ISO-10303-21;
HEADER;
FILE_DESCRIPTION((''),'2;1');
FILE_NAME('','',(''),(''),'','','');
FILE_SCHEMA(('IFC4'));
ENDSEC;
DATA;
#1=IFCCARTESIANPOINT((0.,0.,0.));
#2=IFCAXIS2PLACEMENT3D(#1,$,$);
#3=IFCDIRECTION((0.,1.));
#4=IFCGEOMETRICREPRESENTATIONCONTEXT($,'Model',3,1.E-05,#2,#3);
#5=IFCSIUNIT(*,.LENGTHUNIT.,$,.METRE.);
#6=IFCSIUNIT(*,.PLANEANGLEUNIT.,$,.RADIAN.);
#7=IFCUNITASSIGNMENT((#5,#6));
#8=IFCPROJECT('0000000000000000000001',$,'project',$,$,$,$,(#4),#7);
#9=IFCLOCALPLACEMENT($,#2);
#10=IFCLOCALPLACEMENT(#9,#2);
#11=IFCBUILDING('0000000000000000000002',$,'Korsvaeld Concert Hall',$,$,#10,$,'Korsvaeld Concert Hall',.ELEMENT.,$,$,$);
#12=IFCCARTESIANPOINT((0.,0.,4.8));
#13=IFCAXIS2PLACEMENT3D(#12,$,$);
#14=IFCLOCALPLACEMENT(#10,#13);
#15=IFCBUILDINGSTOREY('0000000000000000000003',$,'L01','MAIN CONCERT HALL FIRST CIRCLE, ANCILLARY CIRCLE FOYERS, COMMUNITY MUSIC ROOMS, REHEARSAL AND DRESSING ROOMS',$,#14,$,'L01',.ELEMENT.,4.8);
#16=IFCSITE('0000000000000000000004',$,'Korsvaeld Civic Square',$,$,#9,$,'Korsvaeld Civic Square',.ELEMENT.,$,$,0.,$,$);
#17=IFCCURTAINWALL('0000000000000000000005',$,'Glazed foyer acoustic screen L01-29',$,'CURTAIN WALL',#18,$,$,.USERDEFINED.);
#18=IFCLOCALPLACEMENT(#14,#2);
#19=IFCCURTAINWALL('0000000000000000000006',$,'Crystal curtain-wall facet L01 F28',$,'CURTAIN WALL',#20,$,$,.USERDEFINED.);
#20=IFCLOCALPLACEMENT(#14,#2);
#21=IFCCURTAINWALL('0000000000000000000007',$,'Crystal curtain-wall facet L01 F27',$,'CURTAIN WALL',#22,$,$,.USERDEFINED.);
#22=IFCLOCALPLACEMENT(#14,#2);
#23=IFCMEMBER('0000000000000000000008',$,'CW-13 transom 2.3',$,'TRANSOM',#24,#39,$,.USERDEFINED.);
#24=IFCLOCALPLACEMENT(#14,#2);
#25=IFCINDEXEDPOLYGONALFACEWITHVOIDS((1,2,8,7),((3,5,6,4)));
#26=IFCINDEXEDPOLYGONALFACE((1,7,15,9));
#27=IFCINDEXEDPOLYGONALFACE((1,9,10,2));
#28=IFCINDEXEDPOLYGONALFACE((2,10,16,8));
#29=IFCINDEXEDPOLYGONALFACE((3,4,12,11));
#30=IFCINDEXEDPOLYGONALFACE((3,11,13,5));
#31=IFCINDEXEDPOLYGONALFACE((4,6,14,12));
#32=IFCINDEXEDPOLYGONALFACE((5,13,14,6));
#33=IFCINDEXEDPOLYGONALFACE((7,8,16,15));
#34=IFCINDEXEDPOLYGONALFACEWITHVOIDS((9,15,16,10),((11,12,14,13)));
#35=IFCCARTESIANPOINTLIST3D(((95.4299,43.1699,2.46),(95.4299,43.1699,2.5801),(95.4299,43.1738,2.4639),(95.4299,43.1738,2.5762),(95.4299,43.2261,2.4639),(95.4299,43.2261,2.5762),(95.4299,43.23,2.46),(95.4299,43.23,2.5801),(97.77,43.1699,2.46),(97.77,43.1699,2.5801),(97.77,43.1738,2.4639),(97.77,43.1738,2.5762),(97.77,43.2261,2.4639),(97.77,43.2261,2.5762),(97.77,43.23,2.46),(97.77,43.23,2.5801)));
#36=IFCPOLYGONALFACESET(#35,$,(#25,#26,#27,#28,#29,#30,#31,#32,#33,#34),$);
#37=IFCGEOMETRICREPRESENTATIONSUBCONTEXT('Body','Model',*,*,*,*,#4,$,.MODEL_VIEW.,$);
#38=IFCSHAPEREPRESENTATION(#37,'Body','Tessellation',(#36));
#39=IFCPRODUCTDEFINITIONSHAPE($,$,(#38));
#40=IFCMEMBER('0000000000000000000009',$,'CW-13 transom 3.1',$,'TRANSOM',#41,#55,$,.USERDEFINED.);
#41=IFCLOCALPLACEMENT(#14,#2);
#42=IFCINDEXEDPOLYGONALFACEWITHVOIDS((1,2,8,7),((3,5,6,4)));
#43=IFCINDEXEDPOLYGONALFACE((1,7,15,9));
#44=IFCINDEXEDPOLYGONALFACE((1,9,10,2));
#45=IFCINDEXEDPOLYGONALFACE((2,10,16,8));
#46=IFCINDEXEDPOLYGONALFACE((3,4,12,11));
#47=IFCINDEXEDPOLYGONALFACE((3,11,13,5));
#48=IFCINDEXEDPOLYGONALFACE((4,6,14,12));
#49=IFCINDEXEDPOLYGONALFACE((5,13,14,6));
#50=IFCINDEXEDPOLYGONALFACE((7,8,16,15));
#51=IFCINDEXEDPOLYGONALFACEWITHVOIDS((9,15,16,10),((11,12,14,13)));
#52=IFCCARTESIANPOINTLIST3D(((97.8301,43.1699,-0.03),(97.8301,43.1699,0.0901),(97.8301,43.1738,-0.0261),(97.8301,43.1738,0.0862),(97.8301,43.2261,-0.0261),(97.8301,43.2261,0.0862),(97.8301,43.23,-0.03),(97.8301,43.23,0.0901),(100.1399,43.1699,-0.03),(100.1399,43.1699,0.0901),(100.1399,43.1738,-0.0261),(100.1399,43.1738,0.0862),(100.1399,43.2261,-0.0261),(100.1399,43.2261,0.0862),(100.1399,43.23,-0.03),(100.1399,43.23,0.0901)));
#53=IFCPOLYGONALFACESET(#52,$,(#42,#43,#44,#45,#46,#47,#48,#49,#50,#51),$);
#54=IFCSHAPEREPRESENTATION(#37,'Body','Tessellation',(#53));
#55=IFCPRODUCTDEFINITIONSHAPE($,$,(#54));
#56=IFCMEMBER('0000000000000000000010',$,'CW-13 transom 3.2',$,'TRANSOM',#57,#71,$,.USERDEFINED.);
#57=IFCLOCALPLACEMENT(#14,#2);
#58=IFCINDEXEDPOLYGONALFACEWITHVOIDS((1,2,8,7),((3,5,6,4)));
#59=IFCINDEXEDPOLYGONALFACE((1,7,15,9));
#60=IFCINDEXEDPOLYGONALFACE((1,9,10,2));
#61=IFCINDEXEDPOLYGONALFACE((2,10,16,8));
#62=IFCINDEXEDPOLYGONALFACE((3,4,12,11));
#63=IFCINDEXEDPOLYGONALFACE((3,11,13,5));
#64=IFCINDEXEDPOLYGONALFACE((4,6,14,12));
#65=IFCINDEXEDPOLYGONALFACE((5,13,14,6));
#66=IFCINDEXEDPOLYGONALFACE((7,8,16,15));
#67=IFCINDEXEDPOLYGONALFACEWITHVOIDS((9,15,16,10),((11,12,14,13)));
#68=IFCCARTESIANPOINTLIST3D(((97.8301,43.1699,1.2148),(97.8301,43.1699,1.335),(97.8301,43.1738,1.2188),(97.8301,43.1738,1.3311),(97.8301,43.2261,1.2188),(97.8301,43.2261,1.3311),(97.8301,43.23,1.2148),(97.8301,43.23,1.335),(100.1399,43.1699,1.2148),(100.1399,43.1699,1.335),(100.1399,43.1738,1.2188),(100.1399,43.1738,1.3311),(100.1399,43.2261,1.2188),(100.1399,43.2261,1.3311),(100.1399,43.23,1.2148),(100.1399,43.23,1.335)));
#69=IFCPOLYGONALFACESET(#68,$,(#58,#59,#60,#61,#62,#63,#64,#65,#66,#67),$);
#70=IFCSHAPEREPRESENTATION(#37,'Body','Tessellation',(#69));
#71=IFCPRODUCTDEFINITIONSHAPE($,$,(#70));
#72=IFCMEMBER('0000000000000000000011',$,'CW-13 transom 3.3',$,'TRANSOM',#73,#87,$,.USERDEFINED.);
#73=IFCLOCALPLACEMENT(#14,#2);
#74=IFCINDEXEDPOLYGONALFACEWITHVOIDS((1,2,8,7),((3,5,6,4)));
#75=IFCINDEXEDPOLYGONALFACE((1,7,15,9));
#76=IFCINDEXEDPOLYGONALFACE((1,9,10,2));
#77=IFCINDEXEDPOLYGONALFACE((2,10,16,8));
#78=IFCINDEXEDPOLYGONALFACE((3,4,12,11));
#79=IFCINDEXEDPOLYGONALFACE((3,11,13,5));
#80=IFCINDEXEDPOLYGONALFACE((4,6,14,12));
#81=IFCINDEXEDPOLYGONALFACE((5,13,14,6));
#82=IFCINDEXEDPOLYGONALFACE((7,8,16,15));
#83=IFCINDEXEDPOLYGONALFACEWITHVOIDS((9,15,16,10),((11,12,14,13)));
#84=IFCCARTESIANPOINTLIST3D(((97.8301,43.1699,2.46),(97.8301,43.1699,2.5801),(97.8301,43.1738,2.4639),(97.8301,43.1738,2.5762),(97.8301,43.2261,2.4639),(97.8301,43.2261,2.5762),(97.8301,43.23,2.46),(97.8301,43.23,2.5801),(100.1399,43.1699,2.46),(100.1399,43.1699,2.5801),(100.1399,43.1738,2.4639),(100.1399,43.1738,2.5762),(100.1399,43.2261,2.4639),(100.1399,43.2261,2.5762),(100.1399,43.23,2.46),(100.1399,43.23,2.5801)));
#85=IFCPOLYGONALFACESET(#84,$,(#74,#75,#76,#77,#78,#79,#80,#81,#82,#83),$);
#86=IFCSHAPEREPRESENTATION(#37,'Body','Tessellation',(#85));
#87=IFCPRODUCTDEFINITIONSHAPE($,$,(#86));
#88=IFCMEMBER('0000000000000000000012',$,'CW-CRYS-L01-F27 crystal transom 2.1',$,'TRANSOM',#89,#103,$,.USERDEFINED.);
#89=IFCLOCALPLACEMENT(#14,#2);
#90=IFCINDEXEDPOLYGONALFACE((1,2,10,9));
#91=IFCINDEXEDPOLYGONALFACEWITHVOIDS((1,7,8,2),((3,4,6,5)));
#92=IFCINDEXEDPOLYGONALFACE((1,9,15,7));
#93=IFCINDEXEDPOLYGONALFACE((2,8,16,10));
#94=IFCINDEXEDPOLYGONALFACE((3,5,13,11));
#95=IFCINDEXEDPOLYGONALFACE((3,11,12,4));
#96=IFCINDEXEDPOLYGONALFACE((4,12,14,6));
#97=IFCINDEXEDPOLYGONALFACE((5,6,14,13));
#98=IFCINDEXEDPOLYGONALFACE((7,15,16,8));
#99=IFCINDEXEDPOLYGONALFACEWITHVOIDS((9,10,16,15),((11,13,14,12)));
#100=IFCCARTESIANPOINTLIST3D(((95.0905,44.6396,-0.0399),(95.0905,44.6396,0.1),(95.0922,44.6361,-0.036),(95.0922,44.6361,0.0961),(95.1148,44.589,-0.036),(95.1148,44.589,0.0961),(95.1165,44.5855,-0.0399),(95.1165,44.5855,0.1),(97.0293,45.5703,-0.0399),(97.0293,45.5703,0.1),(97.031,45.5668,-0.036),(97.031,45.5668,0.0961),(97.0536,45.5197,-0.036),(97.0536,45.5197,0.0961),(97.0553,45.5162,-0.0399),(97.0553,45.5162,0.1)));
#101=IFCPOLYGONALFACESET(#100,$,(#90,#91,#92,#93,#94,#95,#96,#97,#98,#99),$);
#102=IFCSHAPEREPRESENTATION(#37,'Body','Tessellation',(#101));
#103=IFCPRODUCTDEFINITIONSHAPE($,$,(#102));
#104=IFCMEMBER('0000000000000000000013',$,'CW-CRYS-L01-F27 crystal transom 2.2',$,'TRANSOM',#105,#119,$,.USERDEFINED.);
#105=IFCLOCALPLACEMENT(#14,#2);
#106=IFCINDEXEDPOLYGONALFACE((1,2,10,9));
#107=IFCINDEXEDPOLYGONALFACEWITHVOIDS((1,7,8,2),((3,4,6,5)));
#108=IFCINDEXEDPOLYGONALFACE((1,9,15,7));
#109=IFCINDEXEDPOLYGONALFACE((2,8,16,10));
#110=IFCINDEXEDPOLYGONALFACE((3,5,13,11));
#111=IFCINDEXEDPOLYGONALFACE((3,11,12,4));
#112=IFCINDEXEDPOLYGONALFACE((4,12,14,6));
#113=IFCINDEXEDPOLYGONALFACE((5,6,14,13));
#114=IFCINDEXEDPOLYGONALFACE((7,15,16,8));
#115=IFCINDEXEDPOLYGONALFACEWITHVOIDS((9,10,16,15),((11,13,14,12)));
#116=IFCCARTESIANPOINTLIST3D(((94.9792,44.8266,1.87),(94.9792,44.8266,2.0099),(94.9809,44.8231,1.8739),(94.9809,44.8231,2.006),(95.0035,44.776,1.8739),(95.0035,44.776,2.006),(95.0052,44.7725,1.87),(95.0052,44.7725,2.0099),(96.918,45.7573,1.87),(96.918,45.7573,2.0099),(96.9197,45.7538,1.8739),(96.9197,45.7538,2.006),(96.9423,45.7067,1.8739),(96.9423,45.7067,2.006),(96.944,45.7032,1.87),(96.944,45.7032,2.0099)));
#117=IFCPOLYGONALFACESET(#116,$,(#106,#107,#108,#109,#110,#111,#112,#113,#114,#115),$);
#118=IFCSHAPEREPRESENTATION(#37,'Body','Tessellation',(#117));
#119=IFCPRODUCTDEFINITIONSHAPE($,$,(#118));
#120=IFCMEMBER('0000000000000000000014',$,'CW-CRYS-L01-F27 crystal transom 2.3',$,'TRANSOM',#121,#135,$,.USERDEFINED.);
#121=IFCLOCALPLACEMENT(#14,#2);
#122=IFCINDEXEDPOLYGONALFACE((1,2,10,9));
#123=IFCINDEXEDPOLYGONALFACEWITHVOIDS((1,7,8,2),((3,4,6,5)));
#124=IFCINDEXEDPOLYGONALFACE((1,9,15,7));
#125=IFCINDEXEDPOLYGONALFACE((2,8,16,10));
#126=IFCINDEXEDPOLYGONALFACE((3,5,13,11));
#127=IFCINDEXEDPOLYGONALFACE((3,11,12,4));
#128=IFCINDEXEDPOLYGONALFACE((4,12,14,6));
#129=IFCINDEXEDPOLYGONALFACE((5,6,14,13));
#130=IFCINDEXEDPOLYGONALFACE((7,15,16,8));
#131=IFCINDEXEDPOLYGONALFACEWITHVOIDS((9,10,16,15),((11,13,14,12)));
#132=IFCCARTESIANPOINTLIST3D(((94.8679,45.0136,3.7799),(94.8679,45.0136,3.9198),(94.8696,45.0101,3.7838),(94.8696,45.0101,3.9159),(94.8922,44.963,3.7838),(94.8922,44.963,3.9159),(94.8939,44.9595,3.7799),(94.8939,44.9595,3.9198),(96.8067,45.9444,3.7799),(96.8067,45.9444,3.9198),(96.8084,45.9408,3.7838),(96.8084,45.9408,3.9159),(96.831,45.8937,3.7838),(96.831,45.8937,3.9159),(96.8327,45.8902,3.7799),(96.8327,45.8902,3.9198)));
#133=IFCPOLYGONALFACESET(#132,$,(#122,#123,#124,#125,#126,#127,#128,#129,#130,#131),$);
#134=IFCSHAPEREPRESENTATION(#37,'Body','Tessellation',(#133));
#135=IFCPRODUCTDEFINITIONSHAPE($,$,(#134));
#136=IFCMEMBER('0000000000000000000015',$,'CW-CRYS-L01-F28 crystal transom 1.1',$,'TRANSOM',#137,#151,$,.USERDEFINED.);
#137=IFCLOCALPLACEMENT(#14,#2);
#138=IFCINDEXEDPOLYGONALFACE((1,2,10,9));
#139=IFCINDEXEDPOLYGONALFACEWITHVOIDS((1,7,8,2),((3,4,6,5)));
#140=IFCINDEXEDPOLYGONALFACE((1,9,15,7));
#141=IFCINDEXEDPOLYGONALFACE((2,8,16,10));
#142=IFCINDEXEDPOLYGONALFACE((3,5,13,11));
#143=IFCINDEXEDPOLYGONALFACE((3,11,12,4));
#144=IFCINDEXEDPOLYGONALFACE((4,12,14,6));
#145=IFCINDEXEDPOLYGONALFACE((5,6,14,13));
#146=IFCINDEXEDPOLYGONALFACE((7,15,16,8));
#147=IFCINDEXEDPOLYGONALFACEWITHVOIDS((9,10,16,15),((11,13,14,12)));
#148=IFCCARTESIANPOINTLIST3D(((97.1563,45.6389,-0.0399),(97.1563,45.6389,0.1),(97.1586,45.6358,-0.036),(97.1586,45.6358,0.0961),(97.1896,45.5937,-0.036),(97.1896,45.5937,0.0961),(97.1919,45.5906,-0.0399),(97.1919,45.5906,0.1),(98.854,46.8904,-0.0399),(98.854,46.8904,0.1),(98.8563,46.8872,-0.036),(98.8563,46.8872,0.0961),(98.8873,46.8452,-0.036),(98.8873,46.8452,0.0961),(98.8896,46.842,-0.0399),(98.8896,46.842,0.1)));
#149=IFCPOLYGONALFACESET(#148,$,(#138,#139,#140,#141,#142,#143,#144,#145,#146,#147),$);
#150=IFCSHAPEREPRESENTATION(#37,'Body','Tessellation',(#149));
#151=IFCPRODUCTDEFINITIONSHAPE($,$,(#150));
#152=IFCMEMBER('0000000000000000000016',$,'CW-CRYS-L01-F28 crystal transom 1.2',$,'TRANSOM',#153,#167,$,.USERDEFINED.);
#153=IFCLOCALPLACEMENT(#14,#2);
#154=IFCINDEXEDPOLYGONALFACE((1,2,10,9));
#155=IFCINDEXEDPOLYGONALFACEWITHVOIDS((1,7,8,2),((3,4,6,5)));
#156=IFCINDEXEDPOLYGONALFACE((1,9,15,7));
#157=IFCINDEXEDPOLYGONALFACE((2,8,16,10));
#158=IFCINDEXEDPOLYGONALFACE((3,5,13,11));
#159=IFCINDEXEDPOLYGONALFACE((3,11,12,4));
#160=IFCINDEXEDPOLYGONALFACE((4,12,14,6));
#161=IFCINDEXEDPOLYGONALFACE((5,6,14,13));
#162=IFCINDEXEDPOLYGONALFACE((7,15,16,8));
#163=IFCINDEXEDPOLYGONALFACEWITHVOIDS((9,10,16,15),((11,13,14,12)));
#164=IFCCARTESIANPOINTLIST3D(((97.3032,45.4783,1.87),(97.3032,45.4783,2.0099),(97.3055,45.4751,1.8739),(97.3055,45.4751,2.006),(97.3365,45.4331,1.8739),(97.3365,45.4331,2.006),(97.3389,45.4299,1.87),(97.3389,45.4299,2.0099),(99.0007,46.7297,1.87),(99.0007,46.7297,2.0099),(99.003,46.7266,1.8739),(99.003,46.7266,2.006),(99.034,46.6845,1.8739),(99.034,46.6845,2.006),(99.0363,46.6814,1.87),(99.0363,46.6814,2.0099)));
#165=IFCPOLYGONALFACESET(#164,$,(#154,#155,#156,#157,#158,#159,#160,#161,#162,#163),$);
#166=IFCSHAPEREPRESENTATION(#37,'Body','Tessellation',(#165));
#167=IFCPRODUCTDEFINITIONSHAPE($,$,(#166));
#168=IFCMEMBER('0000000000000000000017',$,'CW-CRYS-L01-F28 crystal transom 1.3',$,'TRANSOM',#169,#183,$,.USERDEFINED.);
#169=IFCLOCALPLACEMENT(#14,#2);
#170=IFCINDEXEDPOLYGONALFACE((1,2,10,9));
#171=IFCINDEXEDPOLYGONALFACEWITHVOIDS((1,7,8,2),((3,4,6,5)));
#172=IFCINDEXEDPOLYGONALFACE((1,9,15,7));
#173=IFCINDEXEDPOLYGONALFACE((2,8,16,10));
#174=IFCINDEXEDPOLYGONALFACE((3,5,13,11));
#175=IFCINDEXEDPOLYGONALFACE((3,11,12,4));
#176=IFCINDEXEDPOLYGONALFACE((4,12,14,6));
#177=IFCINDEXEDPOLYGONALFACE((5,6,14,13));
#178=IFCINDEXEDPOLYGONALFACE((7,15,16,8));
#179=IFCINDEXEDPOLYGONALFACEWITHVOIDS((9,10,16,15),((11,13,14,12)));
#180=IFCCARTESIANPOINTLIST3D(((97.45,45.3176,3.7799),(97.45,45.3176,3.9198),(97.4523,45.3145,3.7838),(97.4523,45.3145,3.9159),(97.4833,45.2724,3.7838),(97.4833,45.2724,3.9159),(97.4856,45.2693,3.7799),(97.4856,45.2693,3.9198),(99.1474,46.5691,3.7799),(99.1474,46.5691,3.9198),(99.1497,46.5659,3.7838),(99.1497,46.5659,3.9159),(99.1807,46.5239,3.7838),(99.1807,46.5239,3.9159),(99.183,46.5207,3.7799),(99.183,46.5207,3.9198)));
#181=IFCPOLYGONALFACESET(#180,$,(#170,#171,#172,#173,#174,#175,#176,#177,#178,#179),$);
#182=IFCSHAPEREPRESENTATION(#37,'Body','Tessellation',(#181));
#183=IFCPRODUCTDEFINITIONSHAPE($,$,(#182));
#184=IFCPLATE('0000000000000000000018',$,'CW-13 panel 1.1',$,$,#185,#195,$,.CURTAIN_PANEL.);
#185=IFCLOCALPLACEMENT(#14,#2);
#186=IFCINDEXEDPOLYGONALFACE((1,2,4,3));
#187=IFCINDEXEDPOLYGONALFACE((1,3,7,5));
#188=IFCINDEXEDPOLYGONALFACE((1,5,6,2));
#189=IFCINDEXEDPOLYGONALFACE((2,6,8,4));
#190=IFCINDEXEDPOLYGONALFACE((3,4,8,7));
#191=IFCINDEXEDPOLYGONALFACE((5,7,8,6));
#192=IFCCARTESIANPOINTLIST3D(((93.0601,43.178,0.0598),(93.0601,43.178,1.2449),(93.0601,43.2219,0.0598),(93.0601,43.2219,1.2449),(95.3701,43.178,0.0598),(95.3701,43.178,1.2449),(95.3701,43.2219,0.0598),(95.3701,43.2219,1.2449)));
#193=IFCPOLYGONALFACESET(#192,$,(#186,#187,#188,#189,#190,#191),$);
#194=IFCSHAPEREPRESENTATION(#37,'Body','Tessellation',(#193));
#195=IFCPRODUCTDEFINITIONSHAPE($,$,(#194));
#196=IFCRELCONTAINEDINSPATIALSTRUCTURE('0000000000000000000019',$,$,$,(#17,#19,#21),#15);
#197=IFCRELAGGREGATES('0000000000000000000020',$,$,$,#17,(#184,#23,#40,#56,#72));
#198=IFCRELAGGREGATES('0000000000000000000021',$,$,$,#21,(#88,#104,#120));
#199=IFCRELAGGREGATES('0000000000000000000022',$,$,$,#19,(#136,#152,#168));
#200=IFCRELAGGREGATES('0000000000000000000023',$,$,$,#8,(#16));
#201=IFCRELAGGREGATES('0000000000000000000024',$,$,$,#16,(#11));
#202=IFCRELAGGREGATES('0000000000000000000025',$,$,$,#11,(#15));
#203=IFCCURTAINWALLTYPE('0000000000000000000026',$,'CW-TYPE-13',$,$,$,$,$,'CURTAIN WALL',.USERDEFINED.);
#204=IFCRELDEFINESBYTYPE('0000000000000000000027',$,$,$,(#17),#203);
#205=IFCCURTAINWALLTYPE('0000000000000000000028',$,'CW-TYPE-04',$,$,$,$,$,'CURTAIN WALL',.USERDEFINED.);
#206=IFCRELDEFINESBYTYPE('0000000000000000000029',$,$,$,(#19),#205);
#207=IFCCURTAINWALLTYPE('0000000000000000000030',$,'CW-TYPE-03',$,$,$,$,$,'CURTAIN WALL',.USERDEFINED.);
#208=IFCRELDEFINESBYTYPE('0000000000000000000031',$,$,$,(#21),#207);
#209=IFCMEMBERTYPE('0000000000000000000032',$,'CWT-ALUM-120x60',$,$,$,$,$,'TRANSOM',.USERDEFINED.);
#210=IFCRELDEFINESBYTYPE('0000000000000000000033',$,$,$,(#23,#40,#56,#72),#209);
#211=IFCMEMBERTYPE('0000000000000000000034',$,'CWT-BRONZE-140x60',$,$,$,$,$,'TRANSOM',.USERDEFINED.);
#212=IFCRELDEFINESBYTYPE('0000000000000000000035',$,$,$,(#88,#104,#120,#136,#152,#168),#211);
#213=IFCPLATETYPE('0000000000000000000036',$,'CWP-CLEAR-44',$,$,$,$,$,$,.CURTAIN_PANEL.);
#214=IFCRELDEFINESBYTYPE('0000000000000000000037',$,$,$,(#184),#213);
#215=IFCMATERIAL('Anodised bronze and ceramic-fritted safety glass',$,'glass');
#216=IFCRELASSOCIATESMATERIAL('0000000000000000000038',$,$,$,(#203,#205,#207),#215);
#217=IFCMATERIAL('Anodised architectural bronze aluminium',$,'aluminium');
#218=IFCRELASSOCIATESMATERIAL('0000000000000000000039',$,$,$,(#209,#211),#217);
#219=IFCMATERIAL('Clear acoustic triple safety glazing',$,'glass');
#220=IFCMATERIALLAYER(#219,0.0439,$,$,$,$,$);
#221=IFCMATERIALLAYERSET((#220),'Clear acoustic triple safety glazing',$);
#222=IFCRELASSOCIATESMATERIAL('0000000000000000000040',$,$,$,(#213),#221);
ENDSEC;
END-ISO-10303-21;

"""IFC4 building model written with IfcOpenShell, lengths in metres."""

from ifc_helpers import new_model, si_unit, direction, frame, origin, origin_2d, place, context, subcontext, project, spatial, rectangle, hollow_rectangle, extrude, material, layer, layer_set, material_profile, profile_set, type_object, element, aggregate, save


model = new_model("IFC4")

# Units and contexts
model_context = context("Model", 3, precision=1e-05, world=origin(), true_north=direction((0.0, 1.0)))
body_context = subcontext(model_context, "Body", "Model", "MODEL_VIEW")
ifc_project = project(units=[si_unit("LENGTHUNIT", "METRE"), si_unit("PLANEANGLEUNIT", "RADIAN")], contexts=[model_context])

# Site, building, storey
site_placement = place(None, origin())
site = spatial("IfcSite", under=ifc_project, at=site_placement, Name="Korsvaeld Civic Square", LongName="Korsvaeld Civic Square", CompositionType="ELEMENT", RefElevation=0.0)
building_placement = place(site_placement, origin())
building = spatial("IfcBuilding", under=site, at=building_placement, Name="Korsvaeld Concert Hall", LongName="Korsvaeld Concert Hall", CompositionType="ELEMENT")
storey_placement = place(building_placement, frame((0.0, 0.0, 4.8)))
storey = spatial("IfcBuildingStorey", under=building, at=storey_placement, Name="L01", Description="MAIN CONCERT HALL FIRST CIRCLE, ANCILLARY CIRCLE FOYERS, COMMUNITY MUSIC ROOMS, REHEARSAL AND DRESSING ROOMS", LongName="L01", CompositionType="ELEMENT", Elevation=4.8)

# Curtain wall
ifc_material_1 = material(Name="Anodised bronze and ceramic-fritted safety glass", Category="glass")
curtain_wall_type_1 = type_object("IfcCurtainWallType", Name="CW-TYPE-13", ElementType="CURTAIN WALL", PredefinedType="USERDEFINED", material=ifc_material_1)
curtain_wall_1_placement = place(storey_placement, origin())
curtain_wall_1 = element("IfcCurtainWall", 1, at=curtain_wall_1_placement, inside=storey, type_object=curtain_wall_type_1, Name="Glazed foyer acoustic screen L01-29", ObjectType="CURTAIN WALL", PredefinedType="USERDEFINED")
ifc_material_2 = material(Name="Anodised architectural bronze aluminium", Category="aluminium")

# Curtain wall
curtain_wall_type_2 = type_object("IfcCurtainWallType", Name="CW-TYPE-04", ElementType="CURTAIN WALL", PredefinedType="USERDEFINED", material=ifc_material_1)
curtain_wall_2_placement = place(storey_placement, origin())
curtain_wall_2 = element("IfcCurtainWall", 2, at=curtain_wall_2_placement, inside=storey, type_object=curtain_wall_type_2, Name="Crystal curtain-wall facet L01 F28", ObjectType="CURTAIN WALL", PredefinedType="USERDEFINED")

# Curtain wall
curtain_wall_type_3 = type_object("IfcCurtainWallType", Name="CW-TYPE-03", ElementType="CURTAIN WALL", PredefinedType="USERDEFINED", material=ifc_material_1)
curtain_wall_3_placement = place(storey_placement, origin())
curtain_wall_3 = element("IfcCurtainWall", 3, at=curtain_wall_3_placement, inside=storey, type_object=curtain_wall_type_3, Name="Crystal curtain-wall facet L01 F27", ObjectType="CURTAIN WALL", PredefinedType="USERDEFINED")

# Members
ifc_material_profile_1 = material_profile(ifc_material_2, hollow_rectangle(XDim=0.0601, YDim=0.1201, WallThickness=0.0039, at=origin_2d()), Name="CWT 120x60x4")
ifc_profile_set_1 = profile_set([ifc_material_profile_1], Name="Anodised architectural bronze aluminium")
member_type_1 = type_object("IfcMemberType", Name="CWT-ALUM-120x60", ElementType="TRANSOM", PredefinedType="USERDEFINED", material=ifc_profile_set_1)
member_1_placement = place(storey_placement, frame((95.4299, 43.2, 2.52), z_axis=(1.0, 0.0, 0.0), x_axis=(0.0, 1.0, 0.0)))
member_1 = element("IfcMember", 4, at=member_1_placement, type_object=member_type_1, Name="CW-13 transom 2.3", ObjectType="TRANSOM", PredefinedType="USERDEFINED", context=body_context, shape_type="SweptSolid", body=[
    extrude(hollow_rectangle(XDim=0.0601, YDim=0.1201, WallThickness=0.0039, at=origin_2d()), origin(), (0.0, 0.0, 1.0), 2.3401),
])
member_2_placement = place(storey_placement, frame((97.8301, 43.2, 0.03), z_axis=(1.0, 0.0, 0.0), x_axis=(0.0, 1.0, 0.0)))
member_2 = element("IfcMember", 5, at=member_2_placement, type_object=member_type_1, Name="CW-13 transom 3.1", ObjectType="TRANSOM", PredefinedType="USERDEFINED", context=body_context, shape_type="SweptSolid", body=[
    extrude(hollow_rectangle(XDim=0.0601, YDim=0.1201, WallThickness=0.0039, at=origin_2d()), origin(), (0.0, 0.0, 1.0), 2.3098),
])
member_3_placement = place(storey_placement, frame((97.8301, 43.2, 1.2749), z_axis=(1.0, 0.0, 0.0), x_axis=(0.0, 1.0, 0.0)))
member_3 = element("IfcMember", 6, at=member_3_placement, type_object=member_type_1, Name="CW-13 transom 3.2", ObjectType="TRANSOM", PredefinedType="USERDEFINED", context=body_context, shape_type="SweptSolid", body=[
    extrude(hollow_rectangle(XDim=0.0601, YDim=0.1201, WallThickness=0.0039, at=origin_2d()), origin(), (0.0, 0.0, 1.0), 2.3098),
])
member_4_placement = place(storey_placement, frame((97.8301, 43.2, 2.52), z_axis=(1.0, 0.0, 0.0), x_axis=(0.0, 1.0, 0.0)))
member_4 = element("IfcMember", 7, at=member_4_placement, type_object=member_type_1, Name="CW-13 transom 3.3", ObjectType="TRANSOM", PredefinedType="USERDEFINED", context=body_context, shape_type="SweptSolid", body=[
    extrude(hollow_rectangle(XDim=0.0601, YDim=0.1201, WallThickness=0.0039, at=origin_2d()), origin(), (0.0, 0.0, 1.0), 2.3098),
])
ifc_material_profile_2 = material_profile(ifc_material_2, hollow_rectangle(XDim=0.0601, YDim=0.1399, WallThickness=0.0039, at=origin_2d()), Name="CWT 140x60x4")
ifc_profile_set_2 = profile_set([ifc_material_profile_2], Name="Anodised architectural bronze aluminium")
member_type_2 = type_object("IfcMemberType", Name="CWT-BRONZE-140x60", ElementType="TRANSOM", PredefinedType="USERDEFINED", material=ifc_profile_set_2)
member_5_placement = place(storey_placement, frame((95.1035, 44.6125, 0.03), z_axis=(0.901509, 0.432761, 0.0), x_axis=(-0.432761, 0.901509, 0.0)))
member_5 = element("IfcMember", 8, at=member_5_placement, type_object=member_type_2, Name="CW-CRYS-L01-F27 crystal transom 2.1", ObjectType="TRANSOM", PredefinedType="USERDEFINED", context=body_context, shape_type="SweptSolid", body=[
    extrude(hollow_rectangle(XDim=0.0601, YDim=0.1399, WallThickness=0.0039, at=origin_2d()), origin(), (0.0, 0.0, 1.0), 2.1506),
])
member_6_placement = place(storey_placement, frame((94.9922, 44.7996, 1.9399), z_axis=(0.901509, 0.432761, 0.0), x_axis=(-0.432761, 0.901509, 0.0)))
member_6 = element("IfcMember", 9, at=member_6_placement, type_object=member_type_2, Name="CW-CRYS-L01-F27 crystal transom 2.2", ObjectType="TRANSOM", PredefinedType="USERDEFINED", context=body_context, shape_type="SweptSolid", body=[
    extrude(hollow_rectangle(XDim=0.0601, YDim=0.1399, WallThickness=0.0039, at=origin_2d()), origin(), (0.0, 0.0, 1.0), 2.1506),
])
member_7_placement = place(storey_placement, frame((94.8809, 44.9866, 3.8499), z_axis=(0.901509, 0.432761, 0.0), x_axis=(-0.432761, 0.901509, 0.0)))
member_7 = element("IfcMember", 10, at=member_7_placement, type_object=member_type_2, Name="CW-CRYS-L01-F27 crystal transom 2.3", ObjectType="TRANSOM", PredefinedType="USERDEFINED", context=body_context, shape_type="SweptSolid", body=[
    extrude(hollow_rectangle(XDim=0.0601, YDim=0.1399, WallThickness=0.0039, at=origin_2d()), origin(), (0.0, 0.0, 1.0), 2.1506),
])
member_8_placement = place(storey_placement, frame((97.1741, 45.6147, 0.03), z_axis=(0.804945, 0.593349, 0.0), x_axis=(-0.593349, 0.804945, 0.0)))
member_8 = element("IfcMember", 11, at=member_8_placement, type_object=member_type_2, Name="CW-CRYS-L01-F28 crystal transom 1.1", ObjectType="TRANSOM", PredefinedType="USERDEFINED", context=body_context, shape_type="SweptSolid", body=[
    extrude(hollow_rectangle(XDim=0.0601, YDim=0.1399, WallThickness=0.0039, at=origin_2d()), origin(), (0.0, 0.0, 1.0), 2.1091),
])
member_9_placement = place(storey_placement, frame((97.321, 45.4541, 1.9399), z_axis=(0.804905, 0.593404, 0.0), x_axis=(-0.593404, 0.804905, 0.0)))
member_9 = element("IfcMember", 12, at=member_9_placement, type_object=member_type_2, Name="CW-CRYS-L01-F28 crystal transom 1.2", ObjectType="TRANSOM", PredefinedType="USERDEFINED", context=body_context, shape_type="SweptSolid", body=[
    extrude(hollow_rectangle(XDim=0.0601, YDim=0.1399, WallThickness=0.0039, at=origin_2d()), origin(), (0.0, 0.0, 1.0), 2.1089),
])
member_10_placement = place(storey_placement, frame((97.4678, 45.2935, 3.8499), z_axis=(0.804905, 0.593404, 0.0), x_axis=(-0.593404, 0.804905, 0.0)))
member_10 = element("IfcMember", 13, at=member_10_placement, type_object=member_type_2, Name="CW-CRYS-L01-F28 crystal transom 1.3", ObjectType="TRANSOM", PredefinedType="USERDEFINED", context=body_context, shape_type="SweptSolid", body=[
    extrude(hollow_rectangle(XDim=0.0601, YDim=0.1399, WallThickness=0.0039, at=origin_2d()), origin(), (0.0, 0.0, 1.0), 2.1089),
])

# Plate
ifc_material_3 = material(Name="Clear acoustic triple safety glazing", Category="glass")
ifc_layer_1 = layer(ifc_material_3, 0.0439)
ifc_layer_set_1 = layer_set([ifc_layer_1], Name="Clear acoustic triple safety glazing")
plate_type_1 = type_object("IfcPlateType", Name="CWP-CLEAR-44", PredefinedType="CURTAIN_PANEL", material=ifc_layer_set_1)
plate_1_placement = place(storey_placement, frame((94.2151, 43.2, 0.0598), z_axis=(0.0, 0.0, 1.0), x_axis=(1.0, 0.0, 0.0)))
plate_1 = element("IfcPlate", 14, at=plate_1_placement, type_object=plate_type_1, Name="CW-13 panel 1.1", PredefinedType="CURTAIN_PANEL", context=body_context, shape_type="SweptSolid", body=[
    extrude(rectangle(XDim=2.3101, YDim=0.0439, at=origin_2d()), origin(), (0.0, 0.0, 1.0), 1.1851),
])
aggregate(curtain_wall_1, [plate_1, member_1, member_2, member_3, member_4])
aggregate(curtain_wall_3, [member_5, member_6, member_7])
aggregate(curtain_wall_2, [member_8, member_9, member_10])

save(model, "model.ifc")
